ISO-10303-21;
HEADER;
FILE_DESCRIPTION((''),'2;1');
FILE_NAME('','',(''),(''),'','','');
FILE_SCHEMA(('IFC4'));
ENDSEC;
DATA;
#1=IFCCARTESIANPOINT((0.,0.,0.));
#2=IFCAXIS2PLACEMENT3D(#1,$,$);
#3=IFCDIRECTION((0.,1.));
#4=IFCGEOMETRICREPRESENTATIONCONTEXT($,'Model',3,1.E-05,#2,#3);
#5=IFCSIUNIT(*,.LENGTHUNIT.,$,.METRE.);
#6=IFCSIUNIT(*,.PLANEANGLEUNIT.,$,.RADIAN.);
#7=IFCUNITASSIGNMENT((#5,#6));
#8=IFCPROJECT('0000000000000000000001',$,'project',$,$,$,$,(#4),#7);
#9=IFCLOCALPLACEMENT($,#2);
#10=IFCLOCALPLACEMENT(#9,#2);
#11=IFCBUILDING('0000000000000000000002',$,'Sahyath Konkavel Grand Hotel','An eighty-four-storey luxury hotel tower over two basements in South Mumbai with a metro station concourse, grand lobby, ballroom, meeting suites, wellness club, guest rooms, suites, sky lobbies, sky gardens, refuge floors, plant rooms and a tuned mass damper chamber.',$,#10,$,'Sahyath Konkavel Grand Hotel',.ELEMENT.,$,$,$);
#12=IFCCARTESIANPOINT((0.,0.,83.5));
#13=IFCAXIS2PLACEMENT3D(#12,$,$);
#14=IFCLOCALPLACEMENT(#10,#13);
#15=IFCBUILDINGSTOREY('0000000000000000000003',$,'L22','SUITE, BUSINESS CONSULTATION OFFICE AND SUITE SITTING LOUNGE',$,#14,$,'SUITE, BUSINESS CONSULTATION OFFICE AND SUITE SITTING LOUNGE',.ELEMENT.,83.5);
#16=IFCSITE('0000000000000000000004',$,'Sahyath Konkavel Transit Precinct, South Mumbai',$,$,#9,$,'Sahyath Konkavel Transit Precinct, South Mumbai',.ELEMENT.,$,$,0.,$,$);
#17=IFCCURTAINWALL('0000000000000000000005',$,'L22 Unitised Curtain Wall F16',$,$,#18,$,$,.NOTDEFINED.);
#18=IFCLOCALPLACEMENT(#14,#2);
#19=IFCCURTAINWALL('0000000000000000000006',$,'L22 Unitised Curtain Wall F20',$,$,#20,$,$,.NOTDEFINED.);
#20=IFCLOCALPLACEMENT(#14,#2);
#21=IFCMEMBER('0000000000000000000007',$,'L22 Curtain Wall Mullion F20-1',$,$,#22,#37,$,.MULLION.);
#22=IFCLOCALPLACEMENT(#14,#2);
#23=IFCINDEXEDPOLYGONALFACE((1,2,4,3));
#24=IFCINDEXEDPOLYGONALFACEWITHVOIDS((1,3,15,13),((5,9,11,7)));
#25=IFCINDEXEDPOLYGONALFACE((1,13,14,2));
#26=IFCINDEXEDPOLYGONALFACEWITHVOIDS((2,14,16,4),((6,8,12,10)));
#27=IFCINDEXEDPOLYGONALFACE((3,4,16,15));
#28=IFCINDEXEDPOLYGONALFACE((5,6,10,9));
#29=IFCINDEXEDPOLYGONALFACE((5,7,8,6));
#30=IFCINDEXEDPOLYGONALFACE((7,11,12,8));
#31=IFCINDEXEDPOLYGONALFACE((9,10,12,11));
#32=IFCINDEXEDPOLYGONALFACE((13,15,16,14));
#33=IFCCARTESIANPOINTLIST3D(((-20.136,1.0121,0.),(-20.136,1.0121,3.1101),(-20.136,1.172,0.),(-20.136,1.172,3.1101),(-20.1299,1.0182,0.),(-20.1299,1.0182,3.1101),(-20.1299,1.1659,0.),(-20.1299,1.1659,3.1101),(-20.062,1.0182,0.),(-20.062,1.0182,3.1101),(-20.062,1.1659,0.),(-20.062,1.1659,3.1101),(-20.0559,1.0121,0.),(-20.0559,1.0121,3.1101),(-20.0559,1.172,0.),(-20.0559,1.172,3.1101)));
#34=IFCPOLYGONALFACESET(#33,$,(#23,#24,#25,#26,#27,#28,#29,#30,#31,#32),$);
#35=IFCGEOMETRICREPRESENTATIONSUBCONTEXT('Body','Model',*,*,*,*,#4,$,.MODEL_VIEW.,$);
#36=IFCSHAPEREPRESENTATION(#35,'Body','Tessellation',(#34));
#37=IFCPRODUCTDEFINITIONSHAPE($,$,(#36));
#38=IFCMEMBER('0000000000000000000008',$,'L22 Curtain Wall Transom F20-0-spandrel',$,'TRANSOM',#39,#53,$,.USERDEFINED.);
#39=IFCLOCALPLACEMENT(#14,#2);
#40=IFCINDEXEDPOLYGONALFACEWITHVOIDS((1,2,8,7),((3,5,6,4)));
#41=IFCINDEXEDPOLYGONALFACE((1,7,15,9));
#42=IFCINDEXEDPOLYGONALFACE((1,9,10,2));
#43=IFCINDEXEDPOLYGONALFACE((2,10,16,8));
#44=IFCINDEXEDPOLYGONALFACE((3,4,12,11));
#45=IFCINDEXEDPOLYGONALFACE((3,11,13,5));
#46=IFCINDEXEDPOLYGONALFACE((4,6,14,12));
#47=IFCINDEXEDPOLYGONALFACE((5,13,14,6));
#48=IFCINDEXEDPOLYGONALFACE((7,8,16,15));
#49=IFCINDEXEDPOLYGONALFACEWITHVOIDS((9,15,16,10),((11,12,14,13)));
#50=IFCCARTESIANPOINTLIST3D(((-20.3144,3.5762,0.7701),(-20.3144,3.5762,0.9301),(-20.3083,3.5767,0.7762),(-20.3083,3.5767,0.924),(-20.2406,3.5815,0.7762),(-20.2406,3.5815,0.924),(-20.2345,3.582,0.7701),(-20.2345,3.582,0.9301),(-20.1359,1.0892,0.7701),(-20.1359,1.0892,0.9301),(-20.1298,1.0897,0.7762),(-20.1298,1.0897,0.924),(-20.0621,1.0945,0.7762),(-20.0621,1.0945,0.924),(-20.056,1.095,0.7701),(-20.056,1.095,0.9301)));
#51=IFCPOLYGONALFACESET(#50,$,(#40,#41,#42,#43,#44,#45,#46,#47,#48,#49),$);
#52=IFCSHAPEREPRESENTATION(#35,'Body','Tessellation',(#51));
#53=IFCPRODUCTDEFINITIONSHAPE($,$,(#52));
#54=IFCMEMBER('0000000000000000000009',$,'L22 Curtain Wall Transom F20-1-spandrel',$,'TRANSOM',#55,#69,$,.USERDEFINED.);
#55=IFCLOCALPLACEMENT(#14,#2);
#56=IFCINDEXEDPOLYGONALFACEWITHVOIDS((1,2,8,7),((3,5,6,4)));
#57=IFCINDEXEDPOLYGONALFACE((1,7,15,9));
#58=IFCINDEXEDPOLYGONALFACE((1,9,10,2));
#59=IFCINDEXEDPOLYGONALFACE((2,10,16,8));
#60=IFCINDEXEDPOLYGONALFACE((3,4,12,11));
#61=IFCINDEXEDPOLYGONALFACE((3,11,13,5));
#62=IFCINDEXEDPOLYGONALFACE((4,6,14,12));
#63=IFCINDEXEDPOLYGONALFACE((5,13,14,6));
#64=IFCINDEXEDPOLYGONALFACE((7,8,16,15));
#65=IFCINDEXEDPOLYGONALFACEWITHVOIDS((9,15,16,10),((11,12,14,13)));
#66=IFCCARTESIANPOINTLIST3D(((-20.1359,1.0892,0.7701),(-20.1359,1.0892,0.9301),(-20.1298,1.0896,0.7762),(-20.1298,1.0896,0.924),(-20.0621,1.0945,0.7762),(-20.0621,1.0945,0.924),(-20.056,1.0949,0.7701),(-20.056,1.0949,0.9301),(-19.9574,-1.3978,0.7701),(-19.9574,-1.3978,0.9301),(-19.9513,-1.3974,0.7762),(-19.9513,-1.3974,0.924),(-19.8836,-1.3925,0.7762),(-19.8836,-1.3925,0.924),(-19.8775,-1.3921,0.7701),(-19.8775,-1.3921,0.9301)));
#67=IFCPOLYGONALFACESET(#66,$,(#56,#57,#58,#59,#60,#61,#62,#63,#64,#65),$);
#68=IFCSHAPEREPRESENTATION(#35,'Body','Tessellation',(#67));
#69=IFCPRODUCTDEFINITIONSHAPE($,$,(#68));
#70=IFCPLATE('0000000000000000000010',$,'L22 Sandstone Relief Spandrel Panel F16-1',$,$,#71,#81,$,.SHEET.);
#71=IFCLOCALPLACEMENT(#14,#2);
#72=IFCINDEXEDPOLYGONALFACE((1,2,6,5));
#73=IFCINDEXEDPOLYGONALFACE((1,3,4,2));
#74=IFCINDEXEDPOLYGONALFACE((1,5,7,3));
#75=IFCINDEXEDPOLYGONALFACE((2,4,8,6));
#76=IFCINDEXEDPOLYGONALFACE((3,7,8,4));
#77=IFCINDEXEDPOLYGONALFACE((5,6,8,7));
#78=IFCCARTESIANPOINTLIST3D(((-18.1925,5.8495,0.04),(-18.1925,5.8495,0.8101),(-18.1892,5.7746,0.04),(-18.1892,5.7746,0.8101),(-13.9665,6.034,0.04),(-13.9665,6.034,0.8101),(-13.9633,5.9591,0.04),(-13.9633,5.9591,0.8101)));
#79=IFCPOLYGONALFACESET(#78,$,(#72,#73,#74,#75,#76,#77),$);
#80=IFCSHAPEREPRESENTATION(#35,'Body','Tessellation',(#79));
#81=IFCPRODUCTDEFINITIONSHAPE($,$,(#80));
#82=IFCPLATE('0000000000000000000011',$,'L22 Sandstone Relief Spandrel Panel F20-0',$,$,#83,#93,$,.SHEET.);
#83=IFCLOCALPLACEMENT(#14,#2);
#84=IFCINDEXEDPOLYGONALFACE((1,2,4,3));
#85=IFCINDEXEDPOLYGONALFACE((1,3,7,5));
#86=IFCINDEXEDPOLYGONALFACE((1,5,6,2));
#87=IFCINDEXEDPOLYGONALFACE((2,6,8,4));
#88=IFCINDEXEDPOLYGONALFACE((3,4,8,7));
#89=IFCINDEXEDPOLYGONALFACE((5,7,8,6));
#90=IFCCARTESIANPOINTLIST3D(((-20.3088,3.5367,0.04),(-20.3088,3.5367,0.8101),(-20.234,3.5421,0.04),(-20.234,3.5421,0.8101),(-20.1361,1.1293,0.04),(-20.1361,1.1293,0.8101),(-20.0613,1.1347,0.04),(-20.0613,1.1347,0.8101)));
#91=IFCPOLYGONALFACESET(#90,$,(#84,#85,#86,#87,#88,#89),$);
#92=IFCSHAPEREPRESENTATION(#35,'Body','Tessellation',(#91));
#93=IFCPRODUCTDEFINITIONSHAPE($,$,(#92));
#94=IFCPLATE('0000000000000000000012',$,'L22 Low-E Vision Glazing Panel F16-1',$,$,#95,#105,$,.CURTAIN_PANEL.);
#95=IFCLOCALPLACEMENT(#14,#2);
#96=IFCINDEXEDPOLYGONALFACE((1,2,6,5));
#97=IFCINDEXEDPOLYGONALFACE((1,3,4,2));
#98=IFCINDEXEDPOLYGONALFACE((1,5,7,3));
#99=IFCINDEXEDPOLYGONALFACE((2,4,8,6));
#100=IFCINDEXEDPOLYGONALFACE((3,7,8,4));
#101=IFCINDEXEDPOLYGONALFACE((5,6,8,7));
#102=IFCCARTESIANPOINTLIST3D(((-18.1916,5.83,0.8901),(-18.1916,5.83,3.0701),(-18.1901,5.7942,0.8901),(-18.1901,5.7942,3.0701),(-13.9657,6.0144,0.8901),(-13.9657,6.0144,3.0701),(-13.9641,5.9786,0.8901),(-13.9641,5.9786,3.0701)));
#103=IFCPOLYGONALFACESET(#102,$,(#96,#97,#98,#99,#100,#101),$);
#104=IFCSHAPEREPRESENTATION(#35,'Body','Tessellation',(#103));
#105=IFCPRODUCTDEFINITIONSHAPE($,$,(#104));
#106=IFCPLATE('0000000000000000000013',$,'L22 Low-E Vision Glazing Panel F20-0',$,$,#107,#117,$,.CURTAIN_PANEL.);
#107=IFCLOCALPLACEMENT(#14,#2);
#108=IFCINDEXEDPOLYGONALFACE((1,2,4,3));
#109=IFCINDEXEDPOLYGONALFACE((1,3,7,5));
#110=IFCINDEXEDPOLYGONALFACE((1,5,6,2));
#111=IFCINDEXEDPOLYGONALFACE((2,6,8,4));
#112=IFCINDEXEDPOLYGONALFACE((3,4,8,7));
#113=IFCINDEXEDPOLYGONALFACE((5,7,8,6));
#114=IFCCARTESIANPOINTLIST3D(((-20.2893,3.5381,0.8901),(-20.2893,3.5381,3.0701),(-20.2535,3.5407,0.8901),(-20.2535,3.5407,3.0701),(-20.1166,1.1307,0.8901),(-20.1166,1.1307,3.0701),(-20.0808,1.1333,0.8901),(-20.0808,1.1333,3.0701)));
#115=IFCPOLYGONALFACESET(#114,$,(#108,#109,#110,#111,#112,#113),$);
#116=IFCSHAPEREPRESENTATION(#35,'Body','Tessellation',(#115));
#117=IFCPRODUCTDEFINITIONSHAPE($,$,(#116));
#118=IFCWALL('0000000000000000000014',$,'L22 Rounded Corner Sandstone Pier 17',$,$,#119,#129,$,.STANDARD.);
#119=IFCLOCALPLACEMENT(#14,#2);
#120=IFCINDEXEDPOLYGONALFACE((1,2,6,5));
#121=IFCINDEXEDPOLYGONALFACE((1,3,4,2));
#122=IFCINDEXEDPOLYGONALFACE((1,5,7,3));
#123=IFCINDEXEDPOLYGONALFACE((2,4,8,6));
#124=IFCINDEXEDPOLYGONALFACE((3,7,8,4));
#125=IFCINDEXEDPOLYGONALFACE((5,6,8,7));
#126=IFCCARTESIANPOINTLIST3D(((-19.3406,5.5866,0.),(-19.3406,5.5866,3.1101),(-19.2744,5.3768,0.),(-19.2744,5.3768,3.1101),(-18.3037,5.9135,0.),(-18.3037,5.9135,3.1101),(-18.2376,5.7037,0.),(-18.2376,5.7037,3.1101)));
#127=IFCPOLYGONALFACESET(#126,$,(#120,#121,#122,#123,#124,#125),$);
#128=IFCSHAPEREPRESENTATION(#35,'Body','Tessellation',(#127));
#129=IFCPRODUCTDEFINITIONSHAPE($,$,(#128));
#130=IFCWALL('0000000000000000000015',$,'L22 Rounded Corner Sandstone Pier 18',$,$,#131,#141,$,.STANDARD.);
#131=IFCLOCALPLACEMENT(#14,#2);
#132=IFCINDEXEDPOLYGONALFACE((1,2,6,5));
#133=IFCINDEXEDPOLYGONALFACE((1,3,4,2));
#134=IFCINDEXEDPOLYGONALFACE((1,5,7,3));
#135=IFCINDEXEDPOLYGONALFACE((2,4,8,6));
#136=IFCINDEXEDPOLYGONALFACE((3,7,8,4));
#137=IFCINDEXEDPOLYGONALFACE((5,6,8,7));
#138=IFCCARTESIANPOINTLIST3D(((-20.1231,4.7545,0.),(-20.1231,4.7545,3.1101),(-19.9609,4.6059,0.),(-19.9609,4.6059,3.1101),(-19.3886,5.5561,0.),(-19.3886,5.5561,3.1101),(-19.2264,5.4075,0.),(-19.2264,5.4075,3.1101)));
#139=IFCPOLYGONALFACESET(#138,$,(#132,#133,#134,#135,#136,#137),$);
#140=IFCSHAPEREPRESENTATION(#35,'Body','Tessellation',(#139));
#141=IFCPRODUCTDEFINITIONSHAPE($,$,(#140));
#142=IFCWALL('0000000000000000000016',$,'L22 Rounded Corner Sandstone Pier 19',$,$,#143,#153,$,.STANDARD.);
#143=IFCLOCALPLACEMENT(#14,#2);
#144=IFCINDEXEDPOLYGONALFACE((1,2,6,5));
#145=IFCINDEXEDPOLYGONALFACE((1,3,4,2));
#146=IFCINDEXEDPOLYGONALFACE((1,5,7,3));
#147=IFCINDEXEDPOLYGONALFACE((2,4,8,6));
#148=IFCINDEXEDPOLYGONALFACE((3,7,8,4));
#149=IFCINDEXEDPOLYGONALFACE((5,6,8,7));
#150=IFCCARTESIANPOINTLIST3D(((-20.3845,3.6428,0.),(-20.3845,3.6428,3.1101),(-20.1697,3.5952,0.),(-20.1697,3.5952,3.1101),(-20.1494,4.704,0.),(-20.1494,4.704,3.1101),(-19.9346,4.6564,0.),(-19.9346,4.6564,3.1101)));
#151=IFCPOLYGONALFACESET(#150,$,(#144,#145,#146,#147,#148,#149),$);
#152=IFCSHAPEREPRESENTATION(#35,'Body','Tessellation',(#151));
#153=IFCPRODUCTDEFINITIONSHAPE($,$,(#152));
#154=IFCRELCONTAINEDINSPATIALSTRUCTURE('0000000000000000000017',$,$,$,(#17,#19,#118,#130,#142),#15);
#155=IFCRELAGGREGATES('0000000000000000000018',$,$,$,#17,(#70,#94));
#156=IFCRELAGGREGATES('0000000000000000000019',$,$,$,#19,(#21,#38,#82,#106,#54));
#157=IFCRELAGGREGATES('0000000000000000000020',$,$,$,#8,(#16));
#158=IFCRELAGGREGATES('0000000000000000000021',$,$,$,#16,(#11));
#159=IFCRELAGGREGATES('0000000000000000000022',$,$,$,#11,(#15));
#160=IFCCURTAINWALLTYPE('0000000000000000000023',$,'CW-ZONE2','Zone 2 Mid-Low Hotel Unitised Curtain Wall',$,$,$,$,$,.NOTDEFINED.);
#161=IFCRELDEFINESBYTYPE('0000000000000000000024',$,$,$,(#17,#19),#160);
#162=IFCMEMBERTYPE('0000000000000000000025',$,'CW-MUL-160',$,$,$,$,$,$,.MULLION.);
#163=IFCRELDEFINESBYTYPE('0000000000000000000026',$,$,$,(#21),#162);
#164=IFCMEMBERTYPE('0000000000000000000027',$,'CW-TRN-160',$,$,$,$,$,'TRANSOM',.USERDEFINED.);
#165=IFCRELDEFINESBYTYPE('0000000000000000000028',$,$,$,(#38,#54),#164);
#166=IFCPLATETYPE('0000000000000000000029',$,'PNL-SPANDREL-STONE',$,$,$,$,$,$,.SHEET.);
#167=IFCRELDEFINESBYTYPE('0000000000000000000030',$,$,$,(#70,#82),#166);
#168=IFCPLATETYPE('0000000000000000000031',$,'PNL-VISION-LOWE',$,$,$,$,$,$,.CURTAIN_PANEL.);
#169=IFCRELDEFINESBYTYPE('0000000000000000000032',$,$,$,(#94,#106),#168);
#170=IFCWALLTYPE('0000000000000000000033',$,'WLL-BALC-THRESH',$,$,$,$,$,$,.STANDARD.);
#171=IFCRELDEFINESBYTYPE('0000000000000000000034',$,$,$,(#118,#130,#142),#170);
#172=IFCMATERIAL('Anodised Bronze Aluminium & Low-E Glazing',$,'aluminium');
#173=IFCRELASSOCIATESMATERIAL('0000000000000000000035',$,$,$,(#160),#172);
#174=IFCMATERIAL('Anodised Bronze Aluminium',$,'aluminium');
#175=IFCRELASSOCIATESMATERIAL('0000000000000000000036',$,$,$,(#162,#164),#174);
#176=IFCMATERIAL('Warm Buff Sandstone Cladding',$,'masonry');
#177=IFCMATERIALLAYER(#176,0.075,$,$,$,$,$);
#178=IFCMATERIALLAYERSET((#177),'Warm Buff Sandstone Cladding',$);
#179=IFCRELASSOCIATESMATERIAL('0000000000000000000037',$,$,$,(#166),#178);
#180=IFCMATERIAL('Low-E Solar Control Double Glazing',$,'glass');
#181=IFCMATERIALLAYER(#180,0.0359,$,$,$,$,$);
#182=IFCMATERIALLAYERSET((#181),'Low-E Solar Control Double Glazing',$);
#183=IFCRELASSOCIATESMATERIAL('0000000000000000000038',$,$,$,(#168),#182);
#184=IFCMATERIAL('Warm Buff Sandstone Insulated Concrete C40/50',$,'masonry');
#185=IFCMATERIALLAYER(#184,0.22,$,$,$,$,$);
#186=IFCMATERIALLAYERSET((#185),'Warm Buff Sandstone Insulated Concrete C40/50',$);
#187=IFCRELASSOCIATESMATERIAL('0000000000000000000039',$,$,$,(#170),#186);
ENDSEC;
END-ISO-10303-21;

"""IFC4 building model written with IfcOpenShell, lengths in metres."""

from ifc_helpers import new_model, si_unit, direction, frame, frame_2d, origin, origin_2d, place, context, subcontext, project, spatial, rectangle, hollow_rectangle, extrude, source, transform, mapped, material, layer, layer_set, material_profile, profile_set, type_object, element, aggregate, save


model = new_model("IFC4")

# Units and contexts
model_context = context("Model", 3, precision=1e-05, world=origin(), true_north=direction((0.0, 1.0)))
body_context = subcontext(model_context, "Body", "Model", "MODEL_VIEW")
ifc_project = project(units=[si_unit("LENGTHUNIT", "METRE"), si_unit("PLANEANGLEUNIT", "RADIAN")], contexts=[model_context])

# Site, building, storey
site_placement = place(None, origin())
site = spatial("IfcSite", under=ifc_project, at=site_placement, Name="Sahyath Konkavel Transit Precinct, South Mumbai", LongName="Sahyath Konkavel Transit Precinct, South Mumbai", CompositionType="ELEMENT", RefElevation=0.0)
building_placement = place(site_placement, origin())
building = spatial("IfcBuilding", under=site, at=building_placement, Name="Sahyath Konkavel Grand Hotel", Description="An eighty-four-storey luxury hotel tower over two basements in South Mumbai with a metro station concourse, grand lobby, ballroom, meeting suites, wellness club, guest rooms, suites, sky lobbies, sky gardens, refuge floors, plant rooms and a tuned mass damper chamber.", LongName="Sahyath Konkavel Grand Hotel", CompositionType="ELEMENT")
storey_placement = place(building_placement, frame((0.0, 0.0, 83.5)))
storey = spatial("IfcBuildingStorey", under=building, at=storey_placement, Name="L22", Description="SUITE, BUSINESS CONSULTATION OFFICE AND SUITE SITTING LOUNGE", LongName="SUITE, BUSINESS CONSULTATION OFFICE AND SUITE SITTING LOUNGE", CompositionType="ELEMENT", Elevation=83.5)

# Curtain walls, members
ifc_material_1 = material(Name="Anodised Bronze Aluminium & Low-E Glazing", Category="aluminium")
curtain_wall_type = type_object("IfcCurtainWallType", Name="CW-ZONE2", Description="Zone 2 Mid-Low Hotel Unitised Curtain Wall", PredefinedType="NOTDEFINED", material=ifc_material_1)
curtain_wall_1_placement = place(storey_placement, origin())
curtain_wall_1 = element("IfcCurtainWall", 1, at=curtain_wall_1_placement, inside=storey, type_object=curtain_wall_type, Name="L22 Unitised Curtain Wall F16", PredefinedType="NOTDEFINED")
ifc_material_2 = material(Name="Anodised Bronze Aluminium", Category="aluminium")
ifc_material_profile_1 = material_profile(ifc_material_2, hollow_rectangle(XDim=0.0801, YDim=0.1599, WallThickness=0.0061, at=origin_2d()), Name="RHS 160x80x6")
ifc_profile_set_1 = profile_set([ifc_material_profile_1], Name="Anodised Bronze Aluminium")
member_type_1 = type_object("IfcMemberType", Name="CW-MUL-160", PredefinedType="MULLION", material=ifc_profile_set_1)
shared_shape_1 = source(origin(), body_context, "Body", "SweptSolid", [
    extrude(hollow_rectangle(XDim=0.0801, YDim=0.1599, WallThickness=0.0061, at=origin_2d()), origin(), (0.0, 0.0, 1.0), 3.1101),
])
curtain_wall_2_placement = place(storey_placement, origin())
curtain_wall_2 = element("IfcCurtainWall", 2, at=curtain_wall_2_placement, inside=storey, type_object=curtain_wall_type, Name="L22 Unitised Curtain Wall F20", PredefinedType="NOTDEFINED")
member_1_placement = place(storey_placement, frame((-20.0959, 1.092, 0.0), z_axis=(0.0, 0.0, 1.0), x_axis=(1.0, 0.0, 0.0)))
member_1 = element("IfcMember", 3, at=member_1_placement, type_object=member_type_1, Name="L22 Curtain Wall Mullion F20-1", PredefinedType="MULLION", context=body_context, shape_type="MappedRepresentation", body=[
    mapped(shared_shape_1, transform((0.0, 0.0, 0.0), scale=1.0)),
])
ifc_material_profile_2 = material_profile(ifc_material_2, hollow_rectangle(XDim=0.0801, YDim=0.1599, WallThickness=0.0061, at=origin_2d()), Name="RHS 160x80x6")
ifc_profile_set_2 = profile_set([ifc_material_profile_2], Name="Anodised Bronze Aluminium")
member_type_2 = type_object("IfcMemberType", Name="CW-TRN-160", ElementType="TRANSOM", PredefinedType="USERDEFINED", material=ifc_profile_set_2)
shared_shape_2 = source(origin(), body_context, "Body", "SweptSolid", [
    extrude(hollow_rectangle(XDim=0.0801, YDim=0.1599, WallThickness=0.0061, at=origin_2d()), origin(), (0.0, 0.0, 1.0), 2.4934),
])
member_2_placement = place(storey_placement, frame((-20.2744, 3.5791, 0.8501), z_axis=(0.071574, -0.997435, 0.0), x_axis=(0.997435, 0.071574, 0.0)))
member_2 = element("IfcMember", 4, at=member_2_placement, type_object=member_type_2, Name="L22 Curtain Wall Transom F20-0-spandrel", ObjectType="TRANSOM", PredefinedType="USERDEFINED", context=body_context, shape_type="MappedRepresentation", body=[
    mapped(shared_shape_2, transform((0.0, 0.0, 0.0), scale=1.0)),
])
member_3_placement = place(storey_placement, frame((-20.0959, 1.092, 0.8501), z_axis=(0.071574, -0.997435, 0.0), x_axis=(0.997435, 0.071574, 0.0)))
member_3 = element("IfcMember", 5, at=member_3_placement, type_object=member_type_2, Name="L22 Curtain Wall Transom F20-1-spandrel", ObjectType="TRANSOM", PredefinedType="USERDEFINED", context=body_context, shape_type="MappedRepresentation", body=[
    mapped(shared_shape_2, transform((0.0, 0.0, 0.0), scale=1.0)),
])

# Plates
ifc_material_3 = material(Name="Warm Buff Sandstone Cladding", Category="masonry")
ifc_layer_1 = layer(ifc_material_3, 0.075)
ifc_layer_set_1 = layer_set([ifc_layer_1], Name="Warm Buff Sandstone Cladding")
plate_type_1 = type_object("IfcPlateType", Name="PNL-SPANDREL-STONE", PredefinedType="SHEET", material=ifc_layer_set_1)
shared_shape_3 = source(origin(), body_context, "Body", "SweptSolid", [
    extrude(rectangle(XDim=4.23, YDim=0.075, at=origin_2d()), origin(), (0.0, 0.0, 1.0), 0.77),
])
plate_1_placement = place(storey_placement, frame((-16.0779, 5.9043, 0.04), z_axis=(0.0, 0.0, 1.0), x_axis=(-0.999049, -0.043602, 0.0)))
plate_1 = element("IfcPlate", 6, at=plate_1_placement, type_object=plate_type_1, Name="L22 Sandstone Relief Spandrel Panel F16-1", PredefinedType="SHEET", context=body_context, shape_type="MappedRepresentation", body=[
    mapped(shared_shape_3, transform((0.0, 0.0, 0.0), scale=1.0)),
])
shared_shape_4 = source(origin(), body_context, "Body", "SweptSolid", [
    extrude(rectangle(XDim=2.4136, YDim=0.075, at=origin_2d()), origin(), (0.0, 0.0, 1.0), 0.77),
])
plate_2_placement = place(storey_placement, frame((-20.1851, 2.3357, 0.04), z_axis=(0.0, 0.0, 1.0), x_axis=(0.071567, -0.997436, 0.0)))
plate_2 = element("IfcPlate", 7, at=plate_2_placement, type_object=plate_type_1, Name="L22 Sandstone Relief Spandrel Panel F20-0", PredefinedType="SHEET", context=body_context, shape_type="MappedRepresentation", body=[
    mapped(shared_shape_4, transform((0.0, 0.0, 0.0), scale=1.0)),
])
ifc_material_4 = material(Name="Low-E Solar Control Double Glazing", Category="glass")
ifc_layer_2 = layer(ifc_material_4, 0.0359)
ifc_layer_set_2 = layer_set([ifc_layer_2], Name="Low-E Solar Control Double Glazing")
plate_type_2 = type_object("IfcPlateType", Name="PNL-VISION-LOWE", PredefinedType="CURTAIN_PANEL", material=ifc_layer_set_2)
shared_shape_5 = source(origin(), body_context, "Body", "SweptSolid", [
    extrude(rectangle(XDim=4.23, YDim=0.0359, at=origin_2d()), origin(), (0.0, 0.0, 1.0), 2.1799),
])
plate_3_placement = place(storey_placement, frame((-16.0779, 5.9043, 0.8901), z_axis=(0.0, 0.0, 1.0), x_axis=(-0.999049, -0.043602, 0.0)))
plate_3 = element("IfcPlate", 8, at=plate_3_placement, type_object=plate_type_2, Name="L22 Low-E Vision Glazing Panel F16-1", PredefinedType="CURTAIN_PANEL", context=body_context, shape_type="MappedRepresentation", body=[
    mapped(shared_shape_5, transform((0.0, 0.0, 0.0), scale=1.0)),
])
aggregate(curtain_wall_1, [plate_1, plate_3])
shared_shape_6 = source(origin(), body_context, "Body", "SweptSolid", [
    extrude(rectangle(XDim=2.4136, YDim=0.0359, at=origin_2d()), origin(), (0.0, 0.0, 1.0), 2.1799),
])
plate_4_placement = place(storey_placement, frame((-20.1851, 2.3357, 0.8901), z_axis=(0.0, 0.0, 1.0), x_axis=(0.071567, -0.997436, 0.0)))
plate_4 = element("IfcPlate", 9, at=plate_4_placement, type_object=plate_type_2, Name="L22 Low-E Vision Glazing Panel F20-0", PredefinedType="CURTAIN_PANEL", context=body_context, shape_type="MappedRepresentation", body=[
    mapped(shared_shape_6, transform((0.0, 0.0, 0.0), scale=1.0)),
])
aggregate(curtain_wall_2, [member_1, member_2, plate_2, plate_4, member_3])

# Walls
ifc_material_5 = material(Name="Warm Buff Sandstone Insulated Concrete C40/50", Category="masonry")
ifc_layer_3 = layer(ifc_material_5, 0.22)
ifc_layer_set_3 = layer_set([ifc_layer_3], Name="Warm Buff Sandstone Insulated Concrete C40/50")
wall_type_1 = type_object("IfcWallType", Name="WLL-BALC-THRESH", PredefinedType="STANDARD", material=ifc_layer_set_3)
for number, where, z_axis, x_axis, name in (
    (10, (-18.2708, 5.8086, 0.0), (0.0, 0.0, 1.0), (-0.953722, -0.300691, 0.0), "L22 Rounded Corner Sandstone Pier 17"),
    (11, (-19.3076, 5.4817, 0.0), (0.0, 0.0, 1.0), (-0.675552, -0.737313, 0.0), "L22 Rounded Corner Sandstone Pier 18"),
):
    element("IfcWall", number, at=place(storey_placement, frame(where, z_axis=z_axis, x_axis=x_axis)), inside=storey, type_object=wall_type_1, Name=name, PredefinedType="STANDARD", context=body_context, shape_type="SweptSolid", body=[
        extrude(rectangle(XDim=1.0872, YDim=0.22, at=frame_2d((0.5435, 0.0))), origin(), (0.0, 0.0, 1.0), 3.1101),
    ])
wall_1_placement = place(storey_placement, frame((-20.042, 4.6802, 0.0), z_axis=(0.0, 0.0, 1.0), x_axis=(-0.216288, -0.97633, 0.0)))
element("IfcWall", 12, at=wall_1_placement, inside=storey, type_object=wall_type_1, Name="L22 Rounded Corner Sandstone Pier 19", PredefinedType="STANDARD", context=body_context, shape_type="SweptSolid", body=[
    extrude(rectangle(XDim=1.0869, YDim=0.22, at=frame_2d((0.5435, 0.0))), origin(), (0.0, 0.0, 1.0), 3.1101),
])

save(model, "model.ifc")
